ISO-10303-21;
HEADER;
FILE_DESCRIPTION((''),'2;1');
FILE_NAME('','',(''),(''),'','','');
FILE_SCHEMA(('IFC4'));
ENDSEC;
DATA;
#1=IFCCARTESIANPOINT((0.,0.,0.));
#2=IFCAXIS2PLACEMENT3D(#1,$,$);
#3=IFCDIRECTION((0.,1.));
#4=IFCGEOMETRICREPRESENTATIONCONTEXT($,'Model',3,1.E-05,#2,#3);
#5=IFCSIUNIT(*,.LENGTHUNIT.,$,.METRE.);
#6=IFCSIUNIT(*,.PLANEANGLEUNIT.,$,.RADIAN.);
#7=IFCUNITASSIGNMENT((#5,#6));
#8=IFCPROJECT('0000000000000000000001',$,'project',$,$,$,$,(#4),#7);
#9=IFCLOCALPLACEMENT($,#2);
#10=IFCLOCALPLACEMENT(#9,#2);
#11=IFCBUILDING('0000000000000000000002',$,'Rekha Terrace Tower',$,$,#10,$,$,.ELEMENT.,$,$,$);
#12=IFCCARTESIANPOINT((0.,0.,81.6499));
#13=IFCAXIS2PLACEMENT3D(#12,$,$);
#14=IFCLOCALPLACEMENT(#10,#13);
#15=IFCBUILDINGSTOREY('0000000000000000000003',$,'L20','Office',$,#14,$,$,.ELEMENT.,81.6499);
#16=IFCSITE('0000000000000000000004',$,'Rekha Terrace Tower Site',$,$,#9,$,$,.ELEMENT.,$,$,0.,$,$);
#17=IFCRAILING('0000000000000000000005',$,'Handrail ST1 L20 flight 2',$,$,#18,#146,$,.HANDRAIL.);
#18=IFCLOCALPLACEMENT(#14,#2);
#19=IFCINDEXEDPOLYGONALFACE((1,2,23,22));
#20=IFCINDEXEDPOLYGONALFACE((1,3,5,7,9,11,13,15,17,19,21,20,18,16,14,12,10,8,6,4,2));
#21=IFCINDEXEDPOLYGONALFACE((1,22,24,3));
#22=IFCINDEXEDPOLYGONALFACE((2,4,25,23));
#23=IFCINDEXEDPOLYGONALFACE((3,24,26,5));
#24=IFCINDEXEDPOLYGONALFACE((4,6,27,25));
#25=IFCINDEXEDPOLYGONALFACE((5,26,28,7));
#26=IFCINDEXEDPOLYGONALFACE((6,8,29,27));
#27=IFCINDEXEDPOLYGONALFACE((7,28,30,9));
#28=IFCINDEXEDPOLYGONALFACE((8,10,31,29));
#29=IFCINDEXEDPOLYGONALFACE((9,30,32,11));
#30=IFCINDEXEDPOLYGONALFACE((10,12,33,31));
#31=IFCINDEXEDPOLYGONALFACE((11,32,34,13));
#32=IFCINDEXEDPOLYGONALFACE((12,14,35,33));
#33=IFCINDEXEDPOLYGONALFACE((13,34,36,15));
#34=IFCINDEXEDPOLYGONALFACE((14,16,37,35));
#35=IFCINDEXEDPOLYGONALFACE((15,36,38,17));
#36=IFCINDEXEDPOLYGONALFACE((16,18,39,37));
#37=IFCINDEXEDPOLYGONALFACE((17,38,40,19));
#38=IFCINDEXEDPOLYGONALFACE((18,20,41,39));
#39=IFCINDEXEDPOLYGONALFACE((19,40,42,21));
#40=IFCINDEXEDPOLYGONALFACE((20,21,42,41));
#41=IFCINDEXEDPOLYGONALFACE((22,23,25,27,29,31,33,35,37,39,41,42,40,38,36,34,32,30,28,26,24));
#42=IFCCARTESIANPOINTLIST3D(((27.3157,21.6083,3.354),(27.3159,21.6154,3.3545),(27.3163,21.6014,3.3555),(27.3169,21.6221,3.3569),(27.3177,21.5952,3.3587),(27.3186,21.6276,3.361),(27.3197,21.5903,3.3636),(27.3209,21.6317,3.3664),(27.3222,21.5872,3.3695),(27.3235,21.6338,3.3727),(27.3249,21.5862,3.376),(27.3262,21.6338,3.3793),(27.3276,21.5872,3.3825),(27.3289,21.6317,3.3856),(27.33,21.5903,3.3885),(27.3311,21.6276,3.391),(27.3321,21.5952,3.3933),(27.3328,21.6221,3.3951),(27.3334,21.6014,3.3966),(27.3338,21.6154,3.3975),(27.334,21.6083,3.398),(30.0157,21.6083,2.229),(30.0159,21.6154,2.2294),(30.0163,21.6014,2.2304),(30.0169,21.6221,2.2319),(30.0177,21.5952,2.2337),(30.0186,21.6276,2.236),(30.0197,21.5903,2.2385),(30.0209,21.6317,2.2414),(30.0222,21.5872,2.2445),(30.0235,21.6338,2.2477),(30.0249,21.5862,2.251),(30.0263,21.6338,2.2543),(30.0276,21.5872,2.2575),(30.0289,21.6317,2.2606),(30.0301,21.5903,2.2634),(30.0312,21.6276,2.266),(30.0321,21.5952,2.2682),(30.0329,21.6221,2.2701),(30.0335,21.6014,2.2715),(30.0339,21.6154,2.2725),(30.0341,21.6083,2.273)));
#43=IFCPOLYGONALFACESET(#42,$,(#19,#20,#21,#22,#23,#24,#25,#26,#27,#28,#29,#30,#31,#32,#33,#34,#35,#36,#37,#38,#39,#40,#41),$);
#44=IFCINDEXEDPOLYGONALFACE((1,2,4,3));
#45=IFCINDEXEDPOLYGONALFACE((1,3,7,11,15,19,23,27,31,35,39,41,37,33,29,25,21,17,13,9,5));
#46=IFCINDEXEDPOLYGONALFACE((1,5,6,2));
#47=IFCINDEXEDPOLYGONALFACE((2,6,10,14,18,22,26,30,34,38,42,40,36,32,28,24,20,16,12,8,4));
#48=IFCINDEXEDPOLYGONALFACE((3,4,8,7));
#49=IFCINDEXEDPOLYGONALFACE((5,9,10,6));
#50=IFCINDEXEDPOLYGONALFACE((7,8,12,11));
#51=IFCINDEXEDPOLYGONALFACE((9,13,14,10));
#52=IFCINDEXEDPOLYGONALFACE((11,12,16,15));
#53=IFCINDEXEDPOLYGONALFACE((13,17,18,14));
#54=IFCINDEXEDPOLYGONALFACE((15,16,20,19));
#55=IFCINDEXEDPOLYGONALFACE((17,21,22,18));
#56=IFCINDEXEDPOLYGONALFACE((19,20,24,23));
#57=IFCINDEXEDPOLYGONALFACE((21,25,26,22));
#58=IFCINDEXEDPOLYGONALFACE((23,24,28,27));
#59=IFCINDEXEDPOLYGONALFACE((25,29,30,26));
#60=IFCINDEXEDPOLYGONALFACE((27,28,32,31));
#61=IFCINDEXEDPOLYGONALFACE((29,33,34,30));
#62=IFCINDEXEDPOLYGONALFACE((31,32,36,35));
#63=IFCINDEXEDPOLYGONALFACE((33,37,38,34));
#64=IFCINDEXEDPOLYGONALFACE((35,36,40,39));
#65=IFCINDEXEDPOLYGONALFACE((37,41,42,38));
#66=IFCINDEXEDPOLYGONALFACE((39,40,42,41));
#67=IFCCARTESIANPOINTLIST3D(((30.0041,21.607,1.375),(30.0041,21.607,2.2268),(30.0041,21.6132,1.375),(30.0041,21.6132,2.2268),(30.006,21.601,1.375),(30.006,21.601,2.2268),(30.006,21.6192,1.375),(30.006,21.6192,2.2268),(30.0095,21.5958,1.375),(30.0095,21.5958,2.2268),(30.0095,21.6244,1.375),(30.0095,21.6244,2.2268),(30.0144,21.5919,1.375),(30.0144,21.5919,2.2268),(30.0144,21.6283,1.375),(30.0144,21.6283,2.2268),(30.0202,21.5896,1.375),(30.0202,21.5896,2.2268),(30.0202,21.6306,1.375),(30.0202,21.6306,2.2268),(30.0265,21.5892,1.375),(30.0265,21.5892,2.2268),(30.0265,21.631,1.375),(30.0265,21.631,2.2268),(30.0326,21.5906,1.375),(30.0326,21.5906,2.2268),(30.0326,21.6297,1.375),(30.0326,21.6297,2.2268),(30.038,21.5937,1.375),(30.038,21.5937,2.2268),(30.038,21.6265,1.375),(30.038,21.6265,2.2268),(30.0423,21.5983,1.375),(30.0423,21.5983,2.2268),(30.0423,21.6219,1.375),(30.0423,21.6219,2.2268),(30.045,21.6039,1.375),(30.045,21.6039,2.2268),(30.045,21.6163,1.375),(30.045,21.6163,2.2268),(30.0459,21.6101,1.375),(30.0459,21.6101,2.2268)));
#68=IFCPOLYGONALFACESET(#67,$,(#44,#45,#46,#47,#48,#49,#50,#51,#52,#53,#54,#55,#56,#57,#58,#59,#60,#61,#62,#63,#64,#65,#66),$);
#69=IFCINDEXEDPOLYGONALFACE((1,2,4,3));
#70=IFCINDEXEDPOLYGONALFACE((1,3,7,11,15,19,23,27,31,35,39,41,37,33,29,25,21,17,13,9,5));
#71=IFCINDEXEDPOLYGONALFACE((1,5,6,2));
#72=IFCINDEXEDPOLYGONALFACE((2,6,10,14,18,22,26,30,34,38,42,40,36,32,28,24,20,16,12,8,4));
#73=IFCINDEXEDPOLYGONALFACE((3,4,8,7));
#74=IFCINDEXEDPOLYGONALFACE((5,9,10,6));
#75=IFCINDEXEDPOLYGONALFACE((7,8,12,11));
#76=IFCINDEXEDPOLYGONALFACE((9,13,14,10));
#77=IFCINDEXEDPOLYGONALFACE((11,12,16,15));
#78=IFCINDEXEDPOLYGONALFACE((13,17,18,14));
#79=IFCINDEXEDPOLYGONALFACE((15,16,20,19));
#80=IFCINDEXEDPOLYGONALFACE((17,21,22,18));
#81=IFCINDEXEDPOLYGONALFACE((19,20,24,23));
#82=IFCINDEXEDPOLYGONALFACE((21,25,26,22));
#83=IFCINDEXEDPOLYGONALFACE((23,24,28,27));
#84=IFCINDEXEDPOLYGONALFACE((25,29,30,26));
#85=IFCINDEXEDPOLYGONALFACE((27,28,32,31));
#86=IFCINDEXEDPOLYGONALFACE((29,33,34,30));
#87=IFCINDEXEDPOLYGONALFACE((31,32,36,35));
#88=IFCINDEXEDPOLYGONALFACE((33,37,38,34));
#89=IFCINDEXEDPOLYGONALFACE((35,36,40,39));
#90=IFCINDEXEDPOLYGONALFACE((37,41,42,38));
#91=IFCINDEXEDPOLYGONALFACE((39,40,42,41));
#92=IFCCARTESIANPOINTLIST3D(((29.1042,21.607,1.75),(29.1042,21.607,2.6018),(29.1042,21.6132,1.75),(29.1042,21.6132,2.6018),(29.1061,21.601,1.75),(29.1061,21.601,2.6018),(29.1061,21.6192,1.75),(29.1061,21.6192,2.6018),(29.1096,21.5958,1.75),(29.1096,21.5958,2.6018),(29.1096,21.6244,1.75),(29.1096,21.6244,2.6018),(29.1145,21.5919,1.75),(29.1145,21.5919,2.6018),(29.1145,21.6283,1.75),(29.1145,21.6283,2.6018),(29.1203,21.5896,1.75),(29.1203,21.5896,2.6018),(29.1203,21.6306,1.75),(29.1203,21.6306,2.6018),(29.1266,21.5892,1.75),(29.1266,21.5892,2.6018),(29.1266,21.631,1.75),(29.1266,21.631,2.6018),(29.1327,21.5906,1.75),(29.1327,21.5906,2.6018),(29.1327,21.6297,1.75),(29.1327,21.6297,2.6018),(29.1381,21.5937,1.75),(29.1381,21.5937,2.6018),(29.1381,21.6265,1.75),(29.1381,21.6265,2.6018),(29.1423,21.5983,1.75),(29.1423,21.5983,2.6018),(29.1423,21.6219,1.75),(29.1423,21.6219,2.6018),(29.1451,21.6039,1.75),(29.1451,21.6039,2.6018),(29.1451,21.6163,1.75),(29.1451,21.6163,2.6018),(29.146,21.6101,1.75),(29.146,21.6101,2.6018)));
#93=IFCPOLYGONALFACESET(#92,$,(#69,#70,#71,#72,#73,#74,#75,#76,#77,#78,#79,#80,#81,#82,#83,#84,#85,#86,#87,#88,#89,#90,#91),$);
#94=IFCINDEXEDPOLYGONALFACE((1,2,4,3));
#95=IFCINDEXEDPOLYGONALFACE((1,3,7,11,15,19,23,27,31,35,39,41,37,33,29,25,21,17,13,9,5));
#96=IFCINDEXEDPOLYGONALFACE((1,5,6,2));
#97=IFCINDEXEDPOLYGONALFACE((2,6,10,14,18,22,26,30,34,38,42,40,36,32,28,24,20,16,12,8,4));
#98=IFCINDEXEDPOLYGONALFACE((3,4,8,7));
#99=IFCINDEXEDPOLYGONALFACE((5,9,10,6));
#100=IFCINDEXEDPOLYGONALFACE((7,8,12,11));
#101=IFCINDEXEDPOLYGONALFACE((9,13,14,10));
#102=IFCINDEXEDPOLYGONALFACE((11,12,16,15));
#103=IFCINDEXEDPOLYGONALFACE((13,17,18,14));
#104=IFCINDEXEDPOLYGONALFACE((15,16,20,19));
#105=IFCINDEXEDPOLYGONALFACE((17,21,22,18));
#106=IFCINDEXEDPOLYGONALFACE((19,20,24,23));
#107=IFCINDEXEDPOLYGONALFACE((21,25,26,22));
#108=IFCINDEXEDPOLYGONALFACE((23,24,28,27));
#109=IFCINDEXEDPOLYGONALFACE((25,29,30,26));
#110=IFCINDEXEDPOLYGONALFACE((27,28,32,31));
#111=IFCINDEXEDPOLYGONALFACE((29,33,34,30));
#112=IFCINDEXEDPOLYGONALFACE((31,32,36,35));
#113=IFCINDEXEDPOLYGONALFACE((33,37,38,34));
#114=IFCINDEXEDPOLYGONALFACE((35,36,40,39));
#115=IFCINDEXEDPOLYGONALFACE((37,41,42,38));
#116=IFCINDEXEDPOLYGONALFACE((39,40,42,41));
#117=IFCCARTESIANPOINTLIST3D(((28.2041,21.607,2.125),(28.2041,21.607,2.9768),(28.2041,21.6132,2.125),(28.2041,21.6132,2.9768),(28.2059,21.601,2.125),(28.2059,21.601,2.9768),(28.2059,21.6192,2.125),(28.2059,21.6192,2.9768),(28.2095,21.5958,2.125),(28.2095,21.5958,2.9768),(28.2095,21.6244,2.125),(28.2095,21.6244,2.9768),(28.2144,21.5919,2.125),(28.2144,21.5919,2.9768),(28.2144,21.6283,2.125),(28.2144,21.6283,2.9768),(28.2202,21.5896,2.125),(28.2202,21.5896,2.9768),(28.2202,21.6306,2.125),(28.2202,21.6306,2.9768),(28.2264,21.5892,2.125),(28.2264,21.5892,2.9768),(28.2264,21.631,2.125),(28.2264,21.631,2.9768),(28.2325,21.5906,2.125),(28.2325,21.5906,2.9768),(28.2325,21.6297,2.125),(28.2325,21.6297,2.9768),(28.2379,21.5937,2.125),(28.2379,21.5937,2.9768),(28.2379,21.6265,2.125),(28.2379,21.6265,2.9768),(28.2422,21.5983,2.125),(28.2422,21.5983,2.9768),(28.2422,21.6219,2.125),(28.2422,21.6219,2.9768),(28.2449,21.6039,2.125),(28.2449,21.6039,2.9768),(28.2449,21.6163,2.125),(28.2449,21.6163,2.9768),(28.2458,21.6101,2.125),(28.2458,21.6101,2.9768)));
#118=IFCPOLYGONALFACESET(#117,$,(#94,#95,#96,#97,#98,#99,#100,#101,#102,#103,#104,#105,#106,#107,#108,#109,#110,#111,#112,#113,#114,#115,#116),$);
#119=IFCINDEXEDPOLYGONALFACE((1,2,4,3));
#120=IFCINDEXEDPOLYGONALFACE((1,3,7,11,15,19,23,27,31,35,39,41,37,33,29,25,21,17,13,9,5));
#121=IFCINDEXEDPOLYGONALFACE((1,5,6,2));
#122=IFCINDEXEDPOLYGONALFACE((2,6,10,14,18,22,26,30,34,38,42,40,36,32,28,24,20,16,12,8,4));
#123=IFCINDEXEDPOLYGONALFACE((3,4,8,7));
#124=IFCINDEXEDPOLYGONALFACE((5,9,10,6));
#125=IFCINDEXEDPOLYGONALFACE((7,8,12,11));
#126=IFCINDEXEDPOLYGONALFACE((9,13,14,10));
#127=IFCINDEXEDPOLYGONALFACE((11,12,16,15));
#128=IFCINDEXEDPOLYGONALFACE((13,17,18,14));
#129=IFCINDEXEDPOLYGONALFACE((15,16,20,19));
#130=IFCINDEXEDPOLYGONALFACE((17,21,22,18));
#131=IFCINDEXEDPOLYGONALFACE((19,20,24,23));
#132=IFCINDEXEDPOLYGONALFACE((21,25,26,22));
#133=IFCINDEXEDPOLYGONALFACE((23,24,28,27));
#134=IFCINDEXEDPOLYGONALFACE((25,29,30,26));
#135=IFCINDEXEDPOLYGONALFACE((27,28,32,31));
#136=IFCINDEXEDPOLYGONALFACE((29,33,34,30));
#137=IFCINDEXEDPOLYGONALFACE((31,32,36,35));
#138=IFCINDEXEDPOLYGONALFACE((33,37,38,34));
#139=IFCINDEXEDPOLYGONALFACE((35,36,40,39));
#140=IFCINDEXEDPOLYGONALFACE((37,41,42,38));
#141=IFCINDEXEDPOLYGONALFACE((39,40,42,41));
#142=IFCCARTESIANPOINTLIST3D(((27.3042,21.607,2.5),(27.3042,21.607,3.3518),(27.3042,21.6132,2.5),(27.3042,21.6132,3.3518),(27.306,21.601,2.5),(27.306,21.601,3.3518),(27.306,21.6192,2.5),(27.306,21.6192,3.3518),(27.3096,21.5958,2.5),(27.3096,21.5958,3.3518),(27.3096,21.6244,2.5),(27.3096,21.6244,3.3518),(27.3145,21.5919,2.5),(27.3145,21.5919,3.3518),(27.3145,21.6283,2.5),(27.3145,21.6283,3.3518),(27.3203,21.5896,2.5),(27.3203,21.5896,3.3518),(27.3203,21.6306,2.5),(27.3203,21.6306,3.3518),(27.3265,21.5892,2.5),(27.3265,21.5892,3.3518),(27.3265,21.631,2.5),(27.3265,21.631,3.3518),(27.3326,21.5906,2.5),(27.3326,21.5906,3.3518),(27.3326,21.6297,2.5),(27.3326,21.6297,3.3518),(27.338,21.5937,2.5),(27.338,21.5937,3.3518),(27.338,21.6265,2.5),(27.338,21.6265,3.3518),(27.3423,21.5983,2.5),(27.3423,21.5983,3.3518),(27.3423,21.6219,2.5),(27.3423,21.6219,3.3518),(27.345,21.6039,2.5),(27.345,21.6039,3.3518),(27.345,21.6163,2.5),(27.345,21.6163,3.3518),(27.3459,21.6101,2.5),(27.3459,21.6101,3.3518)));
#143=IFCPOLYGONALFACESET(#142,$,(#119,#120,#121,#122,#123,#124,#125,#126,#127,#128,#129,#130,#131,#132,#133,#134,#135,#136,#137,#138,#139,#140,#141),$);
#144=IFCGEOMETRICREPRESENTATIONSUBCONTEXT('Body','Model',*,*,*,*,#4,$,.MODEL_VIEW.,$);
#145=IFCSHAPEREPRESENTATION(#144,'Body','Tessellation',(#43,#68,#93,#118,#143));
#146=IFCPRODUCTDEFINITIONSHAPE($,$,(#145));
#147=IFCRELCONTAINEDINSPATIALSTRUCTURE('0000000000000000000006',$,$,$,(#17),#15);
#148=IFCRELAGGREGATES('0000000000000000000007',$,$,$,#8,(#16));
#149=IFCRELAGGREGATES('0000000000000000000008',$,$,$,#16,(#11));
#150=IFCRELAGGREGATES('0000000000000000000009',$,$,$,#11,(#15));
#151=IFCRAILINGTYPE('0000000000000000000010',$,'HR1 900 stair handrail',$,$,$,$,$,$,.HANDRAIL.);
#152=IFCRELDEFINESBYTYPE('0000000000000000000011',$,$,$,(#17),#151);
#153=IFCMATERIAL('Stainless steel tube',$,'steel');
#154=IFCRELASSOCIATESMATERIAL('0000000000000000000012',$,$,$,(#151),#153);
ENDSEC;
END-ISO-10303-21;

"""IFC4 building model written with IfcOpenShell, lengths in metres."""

from ifc_helpers import new_model, si_unit, direction, frame, origin, origin_2d, place, context, subcontext, project, spatial, circle, extrude, material, type_object, element, save


model = new_model("IFC4")

# Units and contexts
model_context = context("Model", 3, precision=1e-05, world=origin(), true_north=direction((0.0, 1.0)))
body_context = subcontext(model_context, "Body", "Model", "MODEL_VIEW")
ifc_project = project(units=[si_unit("LENGTHUNIT", "METRE"), si_unit("PLANEANGLEUNIT", "RADIAN")], contexts=[model_context])

# Site, building, storey
site_placement = place(None, origin())
site = spatial("IfcSite", under=ifc_project, at=site_placement, Name="Rekha Terrace Tower Site", CompositionType="ELEMENT", RefElevation=0.0)
building_placement = place(site_placement, origin())
building = spatial("IfcBuilding", under=site, at=building_placement, Name="Rekha Terrace Tower", CompositionType="ELEMENT")
storey_placement = place(building_placement, frame((0.0, 0.0, 81.6499)))
storey = spatial("IfcBuildingStorey", under=building, at=storey_placement, Name="L20", Description="Office", CompositionType="ELEMENT", Elevation=81.6499)

# Railing
ifc_material_1 = material(Name="Stainless steel tube", Category="steel")
railing_type = type_object("IfcRailingType", Name="HR1 900 stair handrail", PredefinedType="HANDRAIL", material=ifc_material_1)
railing_placement = place(storey_placement, frame((30.0249, 21.6101, 1.375)))
element("IfcRailing", 1, at=railing_placement, inside=storey, type_object=railing_type, Name="Handrail ST1 L20 flight 2", PredefinedType="HANDRAIL", context=body_context, shape_type="SweptSolid", body=[
    extrude(circle(Radius=0.0239, at=origin_2d()), frame((0.0, 0.0, 0.876), z_axis=(-0.923074, 0.0, 0.384621), x_axis=(0.0, -1.0, 0.0)), (0.0, 0.0, 1.0), 2.925),
    extrude(circle(Radius=0.021, at=origin_2d()), origin(), (0.0, 0.0, 1.0), 0.8518),
    extrude(circle(Radius=0.021, at=origin_2d()), frame((-0.8999, 0.0, 0.375)), (0.0, 0.0, 1.0), 0.8518),
    extrude(circle(Radius=0.021, at=origin_2d()), frame((-1.8, 0.0, 0.75)), (0.0, 0.0, 1.0), 0.8518),
    extrude(circle(Radius=0.021, at=origin_2d()), frame((-2.7, 0.0, 1.125)), (0.0, 0.0, 1.0), 0.8518),
])

save(model, "model.ifc")
